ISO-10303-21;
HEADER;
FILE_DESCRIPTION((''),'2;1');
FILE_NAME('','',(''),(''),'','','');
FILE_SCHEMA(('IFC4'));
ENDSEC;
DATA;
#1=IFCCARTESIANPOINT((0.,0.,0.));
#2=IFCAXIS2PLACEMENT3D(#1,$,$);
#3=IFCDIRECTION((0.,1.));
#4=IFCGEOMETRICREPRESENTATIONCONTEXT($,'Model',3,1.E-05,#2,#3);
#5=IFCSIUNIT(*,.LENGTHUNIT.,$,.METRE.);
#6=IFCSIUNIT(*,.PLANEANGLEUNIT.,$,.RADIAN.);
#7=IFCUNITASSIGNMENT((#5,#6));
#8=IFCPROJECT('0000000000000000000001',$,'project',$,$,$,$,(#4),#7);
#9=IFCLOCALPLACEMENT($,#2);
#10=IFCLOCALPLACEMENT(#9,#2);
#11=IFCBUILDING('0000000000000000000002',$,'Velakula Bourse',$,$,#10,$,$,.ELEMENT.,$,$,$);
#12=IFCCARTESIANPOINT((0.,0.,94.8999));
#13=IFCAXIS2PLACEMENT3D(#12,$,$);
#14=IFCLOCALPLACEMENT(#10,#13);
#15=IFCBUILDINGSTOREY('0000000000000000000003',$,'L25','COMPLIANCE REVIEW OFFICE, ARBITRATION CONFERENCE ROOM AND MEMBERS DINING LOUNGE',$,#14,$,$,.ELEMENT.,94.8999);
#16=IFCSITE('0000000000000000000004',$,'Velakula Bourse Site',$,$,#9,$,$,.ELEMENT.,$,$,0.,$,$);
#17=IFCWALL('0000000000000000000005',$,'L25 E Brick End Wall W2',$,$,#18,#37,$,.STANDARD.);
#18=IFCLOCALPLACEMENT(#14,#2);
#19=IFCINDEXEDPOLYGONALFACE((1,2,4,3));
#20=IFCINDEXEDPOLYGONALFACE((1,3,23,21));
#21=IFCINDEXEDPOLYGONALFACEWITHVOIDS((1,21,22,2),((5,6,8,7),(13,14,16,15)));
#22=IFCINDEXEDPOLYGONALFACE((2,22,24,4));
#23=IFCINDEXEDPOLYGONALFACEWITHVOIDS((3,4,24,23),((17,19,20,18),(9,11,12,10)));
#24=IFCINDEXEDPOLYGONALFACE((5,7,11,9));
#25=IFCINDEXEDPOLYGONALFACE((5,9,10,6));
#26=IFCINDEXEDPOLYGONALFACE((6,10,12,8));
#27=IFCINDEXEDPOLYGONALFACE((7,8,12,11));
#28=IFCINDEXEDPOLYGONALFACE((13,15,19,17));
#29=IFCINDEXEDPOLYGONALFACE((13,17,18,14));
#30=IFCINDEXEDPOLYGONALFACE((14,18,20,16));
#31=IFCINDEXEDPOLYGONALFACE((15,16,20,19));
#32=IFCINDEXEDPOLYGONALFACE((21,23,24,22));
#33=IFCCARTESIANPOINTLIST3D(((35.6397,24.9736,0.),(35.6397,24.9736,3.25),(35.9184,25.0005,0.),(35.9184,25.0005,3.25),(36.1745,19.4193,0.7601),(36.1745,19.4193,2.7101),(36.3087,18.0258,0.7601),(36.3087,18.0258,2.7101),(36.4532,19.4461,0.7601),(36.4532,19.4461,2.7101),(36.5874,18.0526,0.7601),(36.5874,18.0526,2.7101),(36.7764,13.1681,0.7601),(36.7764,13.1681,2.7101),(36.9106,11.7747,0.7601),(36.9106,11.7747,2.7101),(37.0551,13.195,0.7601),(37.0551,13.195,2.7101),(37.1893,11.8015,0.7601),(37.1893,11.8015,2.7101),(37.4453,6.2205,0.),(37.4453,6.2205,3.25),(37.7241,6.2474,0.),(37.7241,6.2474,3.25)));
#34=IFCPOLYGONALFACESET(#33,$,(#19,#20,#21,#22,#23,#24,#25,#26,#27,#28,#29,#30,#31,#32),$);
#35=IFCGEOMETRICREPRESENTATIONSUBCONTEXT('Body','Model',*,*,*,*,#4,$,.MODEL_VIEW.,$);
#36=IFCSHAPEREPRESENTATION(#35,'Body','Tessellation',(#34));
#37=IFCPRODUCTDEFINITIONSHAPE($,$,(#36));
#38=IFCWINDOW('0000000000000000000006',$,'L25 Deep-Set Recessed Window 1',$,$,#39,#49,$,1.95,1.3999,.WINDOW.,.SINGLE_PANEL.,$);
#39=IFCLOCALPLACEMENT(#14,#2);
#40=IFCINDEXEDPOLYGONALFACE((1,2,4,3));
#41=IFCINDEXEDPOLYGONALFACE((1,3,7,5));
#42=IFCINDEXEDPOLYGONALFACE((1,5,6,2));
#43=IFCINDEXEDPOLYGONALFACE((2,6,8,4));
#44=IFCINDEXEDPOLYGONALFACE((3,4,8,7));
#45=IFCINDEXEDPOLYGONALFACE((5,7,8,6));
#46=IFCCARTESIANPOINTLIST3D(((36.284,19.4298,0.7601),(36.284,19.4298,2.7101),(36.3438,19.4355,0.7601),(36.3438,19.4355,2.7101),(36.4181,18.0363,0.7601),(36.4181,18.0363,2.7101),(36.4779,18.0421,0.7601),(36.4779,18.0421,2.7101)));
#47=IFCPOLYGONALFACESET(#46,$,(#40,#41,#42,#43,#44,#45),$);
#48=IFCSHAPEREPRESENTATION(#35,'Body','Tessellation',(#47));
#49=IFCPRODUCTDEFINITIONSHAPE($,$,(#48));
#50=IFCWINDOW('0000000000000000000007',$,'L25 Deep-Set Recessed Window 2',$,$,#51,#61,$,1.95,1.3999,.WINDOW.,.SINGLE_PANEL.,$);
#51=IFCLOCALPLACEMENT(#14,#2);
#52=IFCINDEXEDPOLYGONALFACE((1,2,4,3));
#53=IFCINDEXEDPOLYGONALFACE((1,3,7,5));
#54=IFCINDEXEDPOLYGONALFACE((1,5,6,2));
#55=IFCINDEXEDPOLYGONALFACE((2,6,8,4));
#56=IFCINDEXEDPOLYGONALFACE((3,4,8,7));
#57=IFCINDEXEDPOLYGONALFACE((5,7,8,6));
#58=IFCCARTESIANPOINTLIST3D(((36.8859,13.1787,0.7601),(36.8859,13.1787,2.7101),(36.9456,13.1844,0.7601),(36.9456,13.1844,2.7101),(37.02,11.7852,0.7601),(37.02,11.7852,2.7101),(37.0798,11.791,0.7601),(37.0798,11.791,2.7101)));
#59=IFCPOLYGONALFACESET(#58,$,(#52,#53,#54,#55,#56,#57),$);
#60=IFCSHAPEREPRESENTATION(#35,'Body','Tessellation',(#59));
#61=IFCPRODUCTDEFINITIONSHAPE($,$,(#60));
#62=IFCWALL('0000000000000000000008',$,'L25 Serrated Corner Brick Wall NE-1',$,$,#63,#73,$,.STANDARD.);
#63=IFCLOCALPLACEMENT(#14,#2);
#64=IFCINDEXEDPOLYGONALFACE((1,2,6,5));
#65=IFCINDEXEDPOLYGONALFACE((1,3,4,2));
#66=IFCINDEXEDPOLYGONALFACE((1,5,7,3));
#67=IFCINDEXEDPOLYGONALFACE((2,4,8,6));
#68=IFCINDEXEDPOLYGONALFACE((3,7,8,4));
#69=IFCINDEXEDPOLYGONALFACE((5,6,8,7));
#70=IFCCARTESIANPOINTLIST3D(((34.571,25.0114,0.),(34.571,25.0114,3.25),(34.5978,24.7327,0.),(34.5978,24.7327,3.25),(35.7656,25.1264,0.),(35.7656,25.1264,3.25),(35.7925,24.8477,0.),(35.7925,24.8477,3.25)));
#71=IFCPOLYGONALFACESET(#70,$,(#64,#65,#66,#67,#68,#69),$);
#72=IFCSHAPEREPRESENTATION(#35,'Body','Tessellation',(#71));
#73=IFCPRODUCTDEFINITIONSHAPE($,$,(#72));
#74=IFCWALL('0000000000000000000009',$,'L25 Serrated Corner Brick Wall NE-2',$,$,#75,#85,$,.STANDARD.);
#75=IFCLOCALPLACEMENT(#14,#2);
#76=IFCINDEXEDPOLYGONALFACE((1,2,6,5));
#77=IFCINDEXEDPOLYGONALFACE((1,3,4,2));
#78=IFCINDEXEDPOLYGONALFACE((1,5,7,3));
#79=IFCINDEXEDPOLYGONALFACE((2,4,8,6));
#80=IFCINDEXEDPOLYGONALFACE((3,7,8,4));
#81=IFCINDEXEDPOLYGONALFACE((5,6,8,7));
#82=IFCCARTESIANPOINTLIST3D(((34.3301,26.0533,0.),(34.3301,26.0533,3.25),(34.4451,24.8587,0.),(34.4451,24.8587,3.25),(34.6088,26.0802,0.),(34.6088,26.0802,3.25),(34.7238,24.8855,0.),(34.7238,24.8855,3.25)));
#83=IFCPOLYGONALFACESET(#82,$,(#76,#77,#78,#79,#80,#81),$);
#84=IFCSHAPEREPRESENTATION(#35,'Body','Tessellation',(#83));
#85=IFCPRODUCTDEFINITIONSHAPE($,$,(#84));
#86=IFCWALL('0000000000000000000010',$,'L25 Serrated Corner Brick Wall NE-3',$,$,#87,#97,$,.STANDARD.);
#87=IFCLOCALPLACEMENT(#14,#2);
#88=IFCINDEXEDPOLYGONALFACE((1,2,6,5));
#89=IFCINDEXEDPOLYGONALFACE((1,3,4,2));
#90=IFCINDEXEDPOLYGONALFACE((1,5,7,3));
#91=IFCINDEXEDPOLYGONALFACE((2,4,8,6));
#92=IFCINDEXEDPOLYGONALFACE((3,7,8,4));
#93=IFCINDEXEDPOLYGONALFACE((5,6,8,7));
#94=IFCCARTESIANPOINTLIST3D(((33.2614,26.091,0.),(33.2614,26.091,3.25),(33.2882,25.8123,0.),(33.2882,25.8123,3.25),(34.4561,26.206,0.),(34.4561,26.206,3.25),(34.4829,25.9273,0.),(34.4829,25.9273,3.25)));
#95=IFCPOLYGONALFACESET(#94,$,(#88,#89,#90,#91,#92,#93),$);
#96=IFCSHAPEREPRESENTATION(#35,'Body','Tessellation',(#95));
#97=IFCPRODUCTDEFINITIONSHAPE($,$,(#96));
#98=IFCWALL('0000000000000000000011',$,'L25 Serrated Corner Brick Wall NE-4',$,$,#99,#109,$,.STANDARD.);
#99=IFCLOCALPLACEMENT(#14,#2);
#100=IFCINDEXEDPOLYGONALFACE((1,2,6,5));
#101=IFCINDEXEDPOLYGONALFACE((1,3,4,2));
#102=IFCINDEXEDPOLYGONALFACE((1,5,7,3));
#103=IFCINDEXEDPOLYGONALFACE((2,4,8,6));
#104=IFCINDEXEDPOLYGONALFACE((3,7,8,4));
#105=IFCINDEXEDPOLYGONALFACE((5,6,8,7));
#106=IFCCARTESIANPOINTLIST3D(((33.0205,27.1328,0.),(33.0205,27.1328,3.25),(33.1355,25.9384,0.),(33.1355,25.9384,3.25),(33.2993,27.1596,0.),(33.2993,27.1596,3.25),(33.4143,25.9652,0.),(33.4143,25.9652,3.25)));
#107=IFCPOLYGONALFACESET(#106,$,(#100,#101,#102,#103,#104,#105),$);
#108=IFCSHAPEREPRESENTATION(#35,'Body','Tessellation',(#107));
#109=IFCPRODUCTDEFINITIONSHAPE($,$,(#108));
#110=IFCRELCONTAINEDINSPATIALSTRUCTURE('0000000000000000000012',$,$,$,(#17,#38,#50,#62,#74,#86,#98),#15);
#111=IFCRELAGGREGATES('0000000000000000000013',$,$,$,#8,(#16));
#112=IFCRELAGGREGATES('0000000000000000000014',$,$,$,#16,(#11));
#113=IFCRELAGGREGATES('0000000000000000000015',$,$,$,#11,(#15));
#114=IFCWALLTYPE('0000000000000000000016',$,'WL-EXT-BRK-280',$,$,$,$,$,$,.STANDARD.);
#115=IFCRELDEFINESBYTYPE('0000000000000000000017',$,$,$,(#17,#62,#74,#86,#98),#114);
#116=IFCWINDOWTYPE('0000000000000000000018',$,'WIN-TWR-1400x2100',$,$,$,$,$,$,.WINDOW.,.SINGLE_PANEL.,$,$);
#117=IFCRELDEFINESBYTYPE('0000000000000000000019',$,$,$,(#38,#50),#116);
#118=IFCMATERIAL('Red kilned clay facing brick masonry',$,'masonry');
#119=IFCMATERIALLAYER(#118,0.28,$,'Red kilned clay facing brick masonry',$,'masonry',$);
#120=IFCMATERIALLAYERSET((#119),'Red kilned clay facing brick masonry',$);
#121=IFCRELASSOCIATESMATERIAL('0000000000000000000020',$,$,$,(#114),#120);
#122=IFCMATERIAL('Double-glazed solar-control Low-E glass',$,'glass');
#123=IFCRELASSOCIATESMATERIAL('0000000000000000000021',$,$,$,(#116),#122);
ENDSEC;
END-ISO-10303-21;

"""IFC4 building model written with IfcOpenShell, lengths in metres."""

from ifc_helpers import new_model, si_unit, direction, frame, frame_2d, origin, place, context, subcontext, project, spatial, rectangle, extrude, material, layer, layer_set, type_object, element, fill, save


model = new_model("IFC4")

# Units and contexts
model_context = context("Model", 3, precision=1e-05, world=origin(), true_north=direction((0.0, 1.0)))
body_context = subcontext(model_context, "Body", "Model", "MODEL_VIEW")
ifc_project = project(units=[si_unit("LENGTHUNIT", "METRE"), si_unit("PLANEANGLEUNIT", "RADIAN")], contexts=[model_context])

# Site, building, storey
site_placement = place(None, origin())
site = spatial("IfcSite", under=ifc_project, at=site_placement, Name="Velakula Bourse Site", CompositionType="ELEMENT", RefElevation=0.0)
building_placement = place(site_placement, origin())
building = spatial("IfcBuilding", under=site, at=building_placement, Name="Velakula Bourse", CompositionType="ELEMENT")
storey_placement = place(building_placement, frame((0.0, 0.0, 94.8999)))
storey = spatial("IfcBuildingStorey", under=building, at=storey_placement, Name="L25", Description="COMPLIANCE REVIEW OFFICE, ARBITRATION CONFERENCE ROOM AND MEMBERS DINING LOUNGE", CompositionType="ELEMENT", Elevation=94.8999)

# Wall, openings, windows
ifc_material_1 = material(Name="Red kilned clay facing brick masonry", Category="masonry")
ifc_layer = layer(ifc_material_1, 0.28, Name="Red kilned clay facing brick masonry", Category="masonry")
ifc_layer_set = layer_set([ifc_layer], Name="Red kilned clay facing brick masonry")
wall_type = type_object("IfcWallType", Name="WL-EXT-BRK-280", PredefinedType="STANDARD", material=ifc_layer_set)
wall_1_placement = place(storey_placement, frame((35.7791, 24.9871, 0.0), z_axis=(0.0, 0.0, 1.0), x_axis=(0.095843, -0.995397, 0.0)))
wall_1 = element("IfcWall", 1, at=wall_1_placement, inside=storey, type_object=wall_type, Name="L25 E Brick End Wall W2", PredefinedType="STANDARD", context=body_context, shape_type="SweptSolid", body=[
    extrude(rectangle(XDim=18.8398, YDim=0.28, at=frame_2d((9.4199, 0.0))), origin(), (0.0, 0.0, 1.0), 3.25),
])
opening_1_placement = place(wall_1_placement, frame((5.5801, 0.0, 0.76)))
opening_1 = element("IfcOpeningElement", 2, at=opening_1_placement, cuts=wall_1, PredefinedType="OPENING", context=body_context, shape_type="SweptSolid", body=[
    extrude(rectangle(XDim=1.3999, YDim=1.95, at=frame_2d((0.7, 0.9751))), frame((0.0, 0.1499, 0.0), z_axis=(0.0, -1.0, 0.0), x_axis=(1.0, 0.0, 0.0)), (0.0, 0.0, 1.0), 0.3),
])
opening_2_placement = place(wall_1_placement, frame((11.8601, 0.0, 0.76)))
opening_2 = element("IfcOpeningElement", 3, at=opening_2_placement, cuts=wall_1, PredefinedType="OPENING", context=body_context, shape_type="SweptSolid", body=[
    extrude(rectangle(XDim=1.3999, YDim=1.95, at=frame_2d((0.7, 0.9751))), frame((0.0, 0.1499, 0.0), z_axis=(0.0, -1.0, 0.0), x_axis=(1.0, 0.0, 0.0)), (0.0, 0.0, 1.0), 0.3),
])
ifc_material_2 = material(Name="Double-glazed solar-control Low-E glass", Category="glass")
window_type = type_object("IfcWindowType", Name="WIN-TWR-1400x2100", PartitioningType="SINGLE_PANEL", PredefinedType="WINDOW", material=ifc_material_2)
window_1_placement = place(opening_1_placement, origin())
window_1 = element("IfcWindow", 4, at=window_1_placement, inside=storey, type_object=window_type, Name="L25 Deep-Set Recessed Window 1", OverallHeight=1.95, OverallWidth=1.3999, PartitioningType="SINGLE_PANEL", PredefinedType="WINDOW", context=body_context, shape_type="SweptSolid", body=[
    extrude(rectangle(XDim=1.3999, YDim=1.95, at=frame_2d((0.7, 0.9751))), frame((0.0, 0.03, 0.0), z_axis=(0.0, -1.0, 0.0), x_axis=(1.0, 0.0, 0.0)), (0.0, 0.0, 1.0), 0.0601),
])
fill(opening_1, window_1)
window_2_placement = place(opening_2_placement, origin())
window_2 = element("IfcWindow", 5, at=window_2_placement, inside=storey, type_object=window_type, Name="L25 Deep-Set Recessed Window 2", OverallHeight=1.95, OverallWidth=1.3999, PartitioningType="SINGLE_PANEL", PredefinedType="WINDOW", context=body_context, shape_type="SweptSolid", body=[
    extrude(rectangle(XDim=1.3999, YDim=1.95, at=frame_2d((0.7, 0.9751))), frame((0.0, 0.03, 0.0), z_axis=(0.0, -1.0, 0.0), x_axis=(1.0, 0.0, 0.0)), (0.0, 0.0, 1.0), 0.0601),
])
fill(opening_2, window_2)

# Walls
for number, where, z_axis, x_axis, name in (
    (6, (35.7791, 24.9871, 0.0), (0.0, 0.0, 1.0), (-0.995399, -0.095817, 0.0), "L25 Serrated Corner Brick Wall NE-1"),
    (7, (34.5845, 24.8721, 0.0), (0.0, 0.0, 1.0), (-0.095817, 0.995399, 0.0), "L25 Serrated Corner Brick Wall NE-2"),
    (8, (34.4695, 26.0667, 0.0), (0.0, 0.0, 1.0), (-0.995399, -0.095817, 0.0), "L25 Serrated Corner Brick Wall NE-3"),
):
    element("IfcWall", number, at=place(storey_placement, frame(where, z_axis=z_axis, x_axis=x_axis)), inside=storey, type_object=wall_type, Name=name, PredefinedType="STANDARD", context=body_context, shape_type="SweptSolid", body=[
        extrude(rectangle(XDim=1.2002, YDim=0.28, at=frame_2d((0.6001, 0.0))), origin(), (0.0, 0.0, 1.0), 3.25),
    ])
wall_2_placement = place(storey_placement, frame((33.2749, 25.9517, 0.0), z_axis=(0.0, 0.0, 1.0), x_axis=(-0.095836, 0.995397, 0.0)))
element("IfcWall", 9, at=wall_2_placement, inside=storey, type_object=wall_type, Name="L25 Serrated Corner Brick Wall NE-4", PredefinedType="STANDARD", context=body_context, shape_type="SweptSolid", body=[
    extrude(rectangle(XDim=1.2, YDim=0.28, at=frame_2d((0.6001, 0.0))), origin(), (0.0, 0.0, 1.0), 3.25),
])

save(model, "model.ifc")
